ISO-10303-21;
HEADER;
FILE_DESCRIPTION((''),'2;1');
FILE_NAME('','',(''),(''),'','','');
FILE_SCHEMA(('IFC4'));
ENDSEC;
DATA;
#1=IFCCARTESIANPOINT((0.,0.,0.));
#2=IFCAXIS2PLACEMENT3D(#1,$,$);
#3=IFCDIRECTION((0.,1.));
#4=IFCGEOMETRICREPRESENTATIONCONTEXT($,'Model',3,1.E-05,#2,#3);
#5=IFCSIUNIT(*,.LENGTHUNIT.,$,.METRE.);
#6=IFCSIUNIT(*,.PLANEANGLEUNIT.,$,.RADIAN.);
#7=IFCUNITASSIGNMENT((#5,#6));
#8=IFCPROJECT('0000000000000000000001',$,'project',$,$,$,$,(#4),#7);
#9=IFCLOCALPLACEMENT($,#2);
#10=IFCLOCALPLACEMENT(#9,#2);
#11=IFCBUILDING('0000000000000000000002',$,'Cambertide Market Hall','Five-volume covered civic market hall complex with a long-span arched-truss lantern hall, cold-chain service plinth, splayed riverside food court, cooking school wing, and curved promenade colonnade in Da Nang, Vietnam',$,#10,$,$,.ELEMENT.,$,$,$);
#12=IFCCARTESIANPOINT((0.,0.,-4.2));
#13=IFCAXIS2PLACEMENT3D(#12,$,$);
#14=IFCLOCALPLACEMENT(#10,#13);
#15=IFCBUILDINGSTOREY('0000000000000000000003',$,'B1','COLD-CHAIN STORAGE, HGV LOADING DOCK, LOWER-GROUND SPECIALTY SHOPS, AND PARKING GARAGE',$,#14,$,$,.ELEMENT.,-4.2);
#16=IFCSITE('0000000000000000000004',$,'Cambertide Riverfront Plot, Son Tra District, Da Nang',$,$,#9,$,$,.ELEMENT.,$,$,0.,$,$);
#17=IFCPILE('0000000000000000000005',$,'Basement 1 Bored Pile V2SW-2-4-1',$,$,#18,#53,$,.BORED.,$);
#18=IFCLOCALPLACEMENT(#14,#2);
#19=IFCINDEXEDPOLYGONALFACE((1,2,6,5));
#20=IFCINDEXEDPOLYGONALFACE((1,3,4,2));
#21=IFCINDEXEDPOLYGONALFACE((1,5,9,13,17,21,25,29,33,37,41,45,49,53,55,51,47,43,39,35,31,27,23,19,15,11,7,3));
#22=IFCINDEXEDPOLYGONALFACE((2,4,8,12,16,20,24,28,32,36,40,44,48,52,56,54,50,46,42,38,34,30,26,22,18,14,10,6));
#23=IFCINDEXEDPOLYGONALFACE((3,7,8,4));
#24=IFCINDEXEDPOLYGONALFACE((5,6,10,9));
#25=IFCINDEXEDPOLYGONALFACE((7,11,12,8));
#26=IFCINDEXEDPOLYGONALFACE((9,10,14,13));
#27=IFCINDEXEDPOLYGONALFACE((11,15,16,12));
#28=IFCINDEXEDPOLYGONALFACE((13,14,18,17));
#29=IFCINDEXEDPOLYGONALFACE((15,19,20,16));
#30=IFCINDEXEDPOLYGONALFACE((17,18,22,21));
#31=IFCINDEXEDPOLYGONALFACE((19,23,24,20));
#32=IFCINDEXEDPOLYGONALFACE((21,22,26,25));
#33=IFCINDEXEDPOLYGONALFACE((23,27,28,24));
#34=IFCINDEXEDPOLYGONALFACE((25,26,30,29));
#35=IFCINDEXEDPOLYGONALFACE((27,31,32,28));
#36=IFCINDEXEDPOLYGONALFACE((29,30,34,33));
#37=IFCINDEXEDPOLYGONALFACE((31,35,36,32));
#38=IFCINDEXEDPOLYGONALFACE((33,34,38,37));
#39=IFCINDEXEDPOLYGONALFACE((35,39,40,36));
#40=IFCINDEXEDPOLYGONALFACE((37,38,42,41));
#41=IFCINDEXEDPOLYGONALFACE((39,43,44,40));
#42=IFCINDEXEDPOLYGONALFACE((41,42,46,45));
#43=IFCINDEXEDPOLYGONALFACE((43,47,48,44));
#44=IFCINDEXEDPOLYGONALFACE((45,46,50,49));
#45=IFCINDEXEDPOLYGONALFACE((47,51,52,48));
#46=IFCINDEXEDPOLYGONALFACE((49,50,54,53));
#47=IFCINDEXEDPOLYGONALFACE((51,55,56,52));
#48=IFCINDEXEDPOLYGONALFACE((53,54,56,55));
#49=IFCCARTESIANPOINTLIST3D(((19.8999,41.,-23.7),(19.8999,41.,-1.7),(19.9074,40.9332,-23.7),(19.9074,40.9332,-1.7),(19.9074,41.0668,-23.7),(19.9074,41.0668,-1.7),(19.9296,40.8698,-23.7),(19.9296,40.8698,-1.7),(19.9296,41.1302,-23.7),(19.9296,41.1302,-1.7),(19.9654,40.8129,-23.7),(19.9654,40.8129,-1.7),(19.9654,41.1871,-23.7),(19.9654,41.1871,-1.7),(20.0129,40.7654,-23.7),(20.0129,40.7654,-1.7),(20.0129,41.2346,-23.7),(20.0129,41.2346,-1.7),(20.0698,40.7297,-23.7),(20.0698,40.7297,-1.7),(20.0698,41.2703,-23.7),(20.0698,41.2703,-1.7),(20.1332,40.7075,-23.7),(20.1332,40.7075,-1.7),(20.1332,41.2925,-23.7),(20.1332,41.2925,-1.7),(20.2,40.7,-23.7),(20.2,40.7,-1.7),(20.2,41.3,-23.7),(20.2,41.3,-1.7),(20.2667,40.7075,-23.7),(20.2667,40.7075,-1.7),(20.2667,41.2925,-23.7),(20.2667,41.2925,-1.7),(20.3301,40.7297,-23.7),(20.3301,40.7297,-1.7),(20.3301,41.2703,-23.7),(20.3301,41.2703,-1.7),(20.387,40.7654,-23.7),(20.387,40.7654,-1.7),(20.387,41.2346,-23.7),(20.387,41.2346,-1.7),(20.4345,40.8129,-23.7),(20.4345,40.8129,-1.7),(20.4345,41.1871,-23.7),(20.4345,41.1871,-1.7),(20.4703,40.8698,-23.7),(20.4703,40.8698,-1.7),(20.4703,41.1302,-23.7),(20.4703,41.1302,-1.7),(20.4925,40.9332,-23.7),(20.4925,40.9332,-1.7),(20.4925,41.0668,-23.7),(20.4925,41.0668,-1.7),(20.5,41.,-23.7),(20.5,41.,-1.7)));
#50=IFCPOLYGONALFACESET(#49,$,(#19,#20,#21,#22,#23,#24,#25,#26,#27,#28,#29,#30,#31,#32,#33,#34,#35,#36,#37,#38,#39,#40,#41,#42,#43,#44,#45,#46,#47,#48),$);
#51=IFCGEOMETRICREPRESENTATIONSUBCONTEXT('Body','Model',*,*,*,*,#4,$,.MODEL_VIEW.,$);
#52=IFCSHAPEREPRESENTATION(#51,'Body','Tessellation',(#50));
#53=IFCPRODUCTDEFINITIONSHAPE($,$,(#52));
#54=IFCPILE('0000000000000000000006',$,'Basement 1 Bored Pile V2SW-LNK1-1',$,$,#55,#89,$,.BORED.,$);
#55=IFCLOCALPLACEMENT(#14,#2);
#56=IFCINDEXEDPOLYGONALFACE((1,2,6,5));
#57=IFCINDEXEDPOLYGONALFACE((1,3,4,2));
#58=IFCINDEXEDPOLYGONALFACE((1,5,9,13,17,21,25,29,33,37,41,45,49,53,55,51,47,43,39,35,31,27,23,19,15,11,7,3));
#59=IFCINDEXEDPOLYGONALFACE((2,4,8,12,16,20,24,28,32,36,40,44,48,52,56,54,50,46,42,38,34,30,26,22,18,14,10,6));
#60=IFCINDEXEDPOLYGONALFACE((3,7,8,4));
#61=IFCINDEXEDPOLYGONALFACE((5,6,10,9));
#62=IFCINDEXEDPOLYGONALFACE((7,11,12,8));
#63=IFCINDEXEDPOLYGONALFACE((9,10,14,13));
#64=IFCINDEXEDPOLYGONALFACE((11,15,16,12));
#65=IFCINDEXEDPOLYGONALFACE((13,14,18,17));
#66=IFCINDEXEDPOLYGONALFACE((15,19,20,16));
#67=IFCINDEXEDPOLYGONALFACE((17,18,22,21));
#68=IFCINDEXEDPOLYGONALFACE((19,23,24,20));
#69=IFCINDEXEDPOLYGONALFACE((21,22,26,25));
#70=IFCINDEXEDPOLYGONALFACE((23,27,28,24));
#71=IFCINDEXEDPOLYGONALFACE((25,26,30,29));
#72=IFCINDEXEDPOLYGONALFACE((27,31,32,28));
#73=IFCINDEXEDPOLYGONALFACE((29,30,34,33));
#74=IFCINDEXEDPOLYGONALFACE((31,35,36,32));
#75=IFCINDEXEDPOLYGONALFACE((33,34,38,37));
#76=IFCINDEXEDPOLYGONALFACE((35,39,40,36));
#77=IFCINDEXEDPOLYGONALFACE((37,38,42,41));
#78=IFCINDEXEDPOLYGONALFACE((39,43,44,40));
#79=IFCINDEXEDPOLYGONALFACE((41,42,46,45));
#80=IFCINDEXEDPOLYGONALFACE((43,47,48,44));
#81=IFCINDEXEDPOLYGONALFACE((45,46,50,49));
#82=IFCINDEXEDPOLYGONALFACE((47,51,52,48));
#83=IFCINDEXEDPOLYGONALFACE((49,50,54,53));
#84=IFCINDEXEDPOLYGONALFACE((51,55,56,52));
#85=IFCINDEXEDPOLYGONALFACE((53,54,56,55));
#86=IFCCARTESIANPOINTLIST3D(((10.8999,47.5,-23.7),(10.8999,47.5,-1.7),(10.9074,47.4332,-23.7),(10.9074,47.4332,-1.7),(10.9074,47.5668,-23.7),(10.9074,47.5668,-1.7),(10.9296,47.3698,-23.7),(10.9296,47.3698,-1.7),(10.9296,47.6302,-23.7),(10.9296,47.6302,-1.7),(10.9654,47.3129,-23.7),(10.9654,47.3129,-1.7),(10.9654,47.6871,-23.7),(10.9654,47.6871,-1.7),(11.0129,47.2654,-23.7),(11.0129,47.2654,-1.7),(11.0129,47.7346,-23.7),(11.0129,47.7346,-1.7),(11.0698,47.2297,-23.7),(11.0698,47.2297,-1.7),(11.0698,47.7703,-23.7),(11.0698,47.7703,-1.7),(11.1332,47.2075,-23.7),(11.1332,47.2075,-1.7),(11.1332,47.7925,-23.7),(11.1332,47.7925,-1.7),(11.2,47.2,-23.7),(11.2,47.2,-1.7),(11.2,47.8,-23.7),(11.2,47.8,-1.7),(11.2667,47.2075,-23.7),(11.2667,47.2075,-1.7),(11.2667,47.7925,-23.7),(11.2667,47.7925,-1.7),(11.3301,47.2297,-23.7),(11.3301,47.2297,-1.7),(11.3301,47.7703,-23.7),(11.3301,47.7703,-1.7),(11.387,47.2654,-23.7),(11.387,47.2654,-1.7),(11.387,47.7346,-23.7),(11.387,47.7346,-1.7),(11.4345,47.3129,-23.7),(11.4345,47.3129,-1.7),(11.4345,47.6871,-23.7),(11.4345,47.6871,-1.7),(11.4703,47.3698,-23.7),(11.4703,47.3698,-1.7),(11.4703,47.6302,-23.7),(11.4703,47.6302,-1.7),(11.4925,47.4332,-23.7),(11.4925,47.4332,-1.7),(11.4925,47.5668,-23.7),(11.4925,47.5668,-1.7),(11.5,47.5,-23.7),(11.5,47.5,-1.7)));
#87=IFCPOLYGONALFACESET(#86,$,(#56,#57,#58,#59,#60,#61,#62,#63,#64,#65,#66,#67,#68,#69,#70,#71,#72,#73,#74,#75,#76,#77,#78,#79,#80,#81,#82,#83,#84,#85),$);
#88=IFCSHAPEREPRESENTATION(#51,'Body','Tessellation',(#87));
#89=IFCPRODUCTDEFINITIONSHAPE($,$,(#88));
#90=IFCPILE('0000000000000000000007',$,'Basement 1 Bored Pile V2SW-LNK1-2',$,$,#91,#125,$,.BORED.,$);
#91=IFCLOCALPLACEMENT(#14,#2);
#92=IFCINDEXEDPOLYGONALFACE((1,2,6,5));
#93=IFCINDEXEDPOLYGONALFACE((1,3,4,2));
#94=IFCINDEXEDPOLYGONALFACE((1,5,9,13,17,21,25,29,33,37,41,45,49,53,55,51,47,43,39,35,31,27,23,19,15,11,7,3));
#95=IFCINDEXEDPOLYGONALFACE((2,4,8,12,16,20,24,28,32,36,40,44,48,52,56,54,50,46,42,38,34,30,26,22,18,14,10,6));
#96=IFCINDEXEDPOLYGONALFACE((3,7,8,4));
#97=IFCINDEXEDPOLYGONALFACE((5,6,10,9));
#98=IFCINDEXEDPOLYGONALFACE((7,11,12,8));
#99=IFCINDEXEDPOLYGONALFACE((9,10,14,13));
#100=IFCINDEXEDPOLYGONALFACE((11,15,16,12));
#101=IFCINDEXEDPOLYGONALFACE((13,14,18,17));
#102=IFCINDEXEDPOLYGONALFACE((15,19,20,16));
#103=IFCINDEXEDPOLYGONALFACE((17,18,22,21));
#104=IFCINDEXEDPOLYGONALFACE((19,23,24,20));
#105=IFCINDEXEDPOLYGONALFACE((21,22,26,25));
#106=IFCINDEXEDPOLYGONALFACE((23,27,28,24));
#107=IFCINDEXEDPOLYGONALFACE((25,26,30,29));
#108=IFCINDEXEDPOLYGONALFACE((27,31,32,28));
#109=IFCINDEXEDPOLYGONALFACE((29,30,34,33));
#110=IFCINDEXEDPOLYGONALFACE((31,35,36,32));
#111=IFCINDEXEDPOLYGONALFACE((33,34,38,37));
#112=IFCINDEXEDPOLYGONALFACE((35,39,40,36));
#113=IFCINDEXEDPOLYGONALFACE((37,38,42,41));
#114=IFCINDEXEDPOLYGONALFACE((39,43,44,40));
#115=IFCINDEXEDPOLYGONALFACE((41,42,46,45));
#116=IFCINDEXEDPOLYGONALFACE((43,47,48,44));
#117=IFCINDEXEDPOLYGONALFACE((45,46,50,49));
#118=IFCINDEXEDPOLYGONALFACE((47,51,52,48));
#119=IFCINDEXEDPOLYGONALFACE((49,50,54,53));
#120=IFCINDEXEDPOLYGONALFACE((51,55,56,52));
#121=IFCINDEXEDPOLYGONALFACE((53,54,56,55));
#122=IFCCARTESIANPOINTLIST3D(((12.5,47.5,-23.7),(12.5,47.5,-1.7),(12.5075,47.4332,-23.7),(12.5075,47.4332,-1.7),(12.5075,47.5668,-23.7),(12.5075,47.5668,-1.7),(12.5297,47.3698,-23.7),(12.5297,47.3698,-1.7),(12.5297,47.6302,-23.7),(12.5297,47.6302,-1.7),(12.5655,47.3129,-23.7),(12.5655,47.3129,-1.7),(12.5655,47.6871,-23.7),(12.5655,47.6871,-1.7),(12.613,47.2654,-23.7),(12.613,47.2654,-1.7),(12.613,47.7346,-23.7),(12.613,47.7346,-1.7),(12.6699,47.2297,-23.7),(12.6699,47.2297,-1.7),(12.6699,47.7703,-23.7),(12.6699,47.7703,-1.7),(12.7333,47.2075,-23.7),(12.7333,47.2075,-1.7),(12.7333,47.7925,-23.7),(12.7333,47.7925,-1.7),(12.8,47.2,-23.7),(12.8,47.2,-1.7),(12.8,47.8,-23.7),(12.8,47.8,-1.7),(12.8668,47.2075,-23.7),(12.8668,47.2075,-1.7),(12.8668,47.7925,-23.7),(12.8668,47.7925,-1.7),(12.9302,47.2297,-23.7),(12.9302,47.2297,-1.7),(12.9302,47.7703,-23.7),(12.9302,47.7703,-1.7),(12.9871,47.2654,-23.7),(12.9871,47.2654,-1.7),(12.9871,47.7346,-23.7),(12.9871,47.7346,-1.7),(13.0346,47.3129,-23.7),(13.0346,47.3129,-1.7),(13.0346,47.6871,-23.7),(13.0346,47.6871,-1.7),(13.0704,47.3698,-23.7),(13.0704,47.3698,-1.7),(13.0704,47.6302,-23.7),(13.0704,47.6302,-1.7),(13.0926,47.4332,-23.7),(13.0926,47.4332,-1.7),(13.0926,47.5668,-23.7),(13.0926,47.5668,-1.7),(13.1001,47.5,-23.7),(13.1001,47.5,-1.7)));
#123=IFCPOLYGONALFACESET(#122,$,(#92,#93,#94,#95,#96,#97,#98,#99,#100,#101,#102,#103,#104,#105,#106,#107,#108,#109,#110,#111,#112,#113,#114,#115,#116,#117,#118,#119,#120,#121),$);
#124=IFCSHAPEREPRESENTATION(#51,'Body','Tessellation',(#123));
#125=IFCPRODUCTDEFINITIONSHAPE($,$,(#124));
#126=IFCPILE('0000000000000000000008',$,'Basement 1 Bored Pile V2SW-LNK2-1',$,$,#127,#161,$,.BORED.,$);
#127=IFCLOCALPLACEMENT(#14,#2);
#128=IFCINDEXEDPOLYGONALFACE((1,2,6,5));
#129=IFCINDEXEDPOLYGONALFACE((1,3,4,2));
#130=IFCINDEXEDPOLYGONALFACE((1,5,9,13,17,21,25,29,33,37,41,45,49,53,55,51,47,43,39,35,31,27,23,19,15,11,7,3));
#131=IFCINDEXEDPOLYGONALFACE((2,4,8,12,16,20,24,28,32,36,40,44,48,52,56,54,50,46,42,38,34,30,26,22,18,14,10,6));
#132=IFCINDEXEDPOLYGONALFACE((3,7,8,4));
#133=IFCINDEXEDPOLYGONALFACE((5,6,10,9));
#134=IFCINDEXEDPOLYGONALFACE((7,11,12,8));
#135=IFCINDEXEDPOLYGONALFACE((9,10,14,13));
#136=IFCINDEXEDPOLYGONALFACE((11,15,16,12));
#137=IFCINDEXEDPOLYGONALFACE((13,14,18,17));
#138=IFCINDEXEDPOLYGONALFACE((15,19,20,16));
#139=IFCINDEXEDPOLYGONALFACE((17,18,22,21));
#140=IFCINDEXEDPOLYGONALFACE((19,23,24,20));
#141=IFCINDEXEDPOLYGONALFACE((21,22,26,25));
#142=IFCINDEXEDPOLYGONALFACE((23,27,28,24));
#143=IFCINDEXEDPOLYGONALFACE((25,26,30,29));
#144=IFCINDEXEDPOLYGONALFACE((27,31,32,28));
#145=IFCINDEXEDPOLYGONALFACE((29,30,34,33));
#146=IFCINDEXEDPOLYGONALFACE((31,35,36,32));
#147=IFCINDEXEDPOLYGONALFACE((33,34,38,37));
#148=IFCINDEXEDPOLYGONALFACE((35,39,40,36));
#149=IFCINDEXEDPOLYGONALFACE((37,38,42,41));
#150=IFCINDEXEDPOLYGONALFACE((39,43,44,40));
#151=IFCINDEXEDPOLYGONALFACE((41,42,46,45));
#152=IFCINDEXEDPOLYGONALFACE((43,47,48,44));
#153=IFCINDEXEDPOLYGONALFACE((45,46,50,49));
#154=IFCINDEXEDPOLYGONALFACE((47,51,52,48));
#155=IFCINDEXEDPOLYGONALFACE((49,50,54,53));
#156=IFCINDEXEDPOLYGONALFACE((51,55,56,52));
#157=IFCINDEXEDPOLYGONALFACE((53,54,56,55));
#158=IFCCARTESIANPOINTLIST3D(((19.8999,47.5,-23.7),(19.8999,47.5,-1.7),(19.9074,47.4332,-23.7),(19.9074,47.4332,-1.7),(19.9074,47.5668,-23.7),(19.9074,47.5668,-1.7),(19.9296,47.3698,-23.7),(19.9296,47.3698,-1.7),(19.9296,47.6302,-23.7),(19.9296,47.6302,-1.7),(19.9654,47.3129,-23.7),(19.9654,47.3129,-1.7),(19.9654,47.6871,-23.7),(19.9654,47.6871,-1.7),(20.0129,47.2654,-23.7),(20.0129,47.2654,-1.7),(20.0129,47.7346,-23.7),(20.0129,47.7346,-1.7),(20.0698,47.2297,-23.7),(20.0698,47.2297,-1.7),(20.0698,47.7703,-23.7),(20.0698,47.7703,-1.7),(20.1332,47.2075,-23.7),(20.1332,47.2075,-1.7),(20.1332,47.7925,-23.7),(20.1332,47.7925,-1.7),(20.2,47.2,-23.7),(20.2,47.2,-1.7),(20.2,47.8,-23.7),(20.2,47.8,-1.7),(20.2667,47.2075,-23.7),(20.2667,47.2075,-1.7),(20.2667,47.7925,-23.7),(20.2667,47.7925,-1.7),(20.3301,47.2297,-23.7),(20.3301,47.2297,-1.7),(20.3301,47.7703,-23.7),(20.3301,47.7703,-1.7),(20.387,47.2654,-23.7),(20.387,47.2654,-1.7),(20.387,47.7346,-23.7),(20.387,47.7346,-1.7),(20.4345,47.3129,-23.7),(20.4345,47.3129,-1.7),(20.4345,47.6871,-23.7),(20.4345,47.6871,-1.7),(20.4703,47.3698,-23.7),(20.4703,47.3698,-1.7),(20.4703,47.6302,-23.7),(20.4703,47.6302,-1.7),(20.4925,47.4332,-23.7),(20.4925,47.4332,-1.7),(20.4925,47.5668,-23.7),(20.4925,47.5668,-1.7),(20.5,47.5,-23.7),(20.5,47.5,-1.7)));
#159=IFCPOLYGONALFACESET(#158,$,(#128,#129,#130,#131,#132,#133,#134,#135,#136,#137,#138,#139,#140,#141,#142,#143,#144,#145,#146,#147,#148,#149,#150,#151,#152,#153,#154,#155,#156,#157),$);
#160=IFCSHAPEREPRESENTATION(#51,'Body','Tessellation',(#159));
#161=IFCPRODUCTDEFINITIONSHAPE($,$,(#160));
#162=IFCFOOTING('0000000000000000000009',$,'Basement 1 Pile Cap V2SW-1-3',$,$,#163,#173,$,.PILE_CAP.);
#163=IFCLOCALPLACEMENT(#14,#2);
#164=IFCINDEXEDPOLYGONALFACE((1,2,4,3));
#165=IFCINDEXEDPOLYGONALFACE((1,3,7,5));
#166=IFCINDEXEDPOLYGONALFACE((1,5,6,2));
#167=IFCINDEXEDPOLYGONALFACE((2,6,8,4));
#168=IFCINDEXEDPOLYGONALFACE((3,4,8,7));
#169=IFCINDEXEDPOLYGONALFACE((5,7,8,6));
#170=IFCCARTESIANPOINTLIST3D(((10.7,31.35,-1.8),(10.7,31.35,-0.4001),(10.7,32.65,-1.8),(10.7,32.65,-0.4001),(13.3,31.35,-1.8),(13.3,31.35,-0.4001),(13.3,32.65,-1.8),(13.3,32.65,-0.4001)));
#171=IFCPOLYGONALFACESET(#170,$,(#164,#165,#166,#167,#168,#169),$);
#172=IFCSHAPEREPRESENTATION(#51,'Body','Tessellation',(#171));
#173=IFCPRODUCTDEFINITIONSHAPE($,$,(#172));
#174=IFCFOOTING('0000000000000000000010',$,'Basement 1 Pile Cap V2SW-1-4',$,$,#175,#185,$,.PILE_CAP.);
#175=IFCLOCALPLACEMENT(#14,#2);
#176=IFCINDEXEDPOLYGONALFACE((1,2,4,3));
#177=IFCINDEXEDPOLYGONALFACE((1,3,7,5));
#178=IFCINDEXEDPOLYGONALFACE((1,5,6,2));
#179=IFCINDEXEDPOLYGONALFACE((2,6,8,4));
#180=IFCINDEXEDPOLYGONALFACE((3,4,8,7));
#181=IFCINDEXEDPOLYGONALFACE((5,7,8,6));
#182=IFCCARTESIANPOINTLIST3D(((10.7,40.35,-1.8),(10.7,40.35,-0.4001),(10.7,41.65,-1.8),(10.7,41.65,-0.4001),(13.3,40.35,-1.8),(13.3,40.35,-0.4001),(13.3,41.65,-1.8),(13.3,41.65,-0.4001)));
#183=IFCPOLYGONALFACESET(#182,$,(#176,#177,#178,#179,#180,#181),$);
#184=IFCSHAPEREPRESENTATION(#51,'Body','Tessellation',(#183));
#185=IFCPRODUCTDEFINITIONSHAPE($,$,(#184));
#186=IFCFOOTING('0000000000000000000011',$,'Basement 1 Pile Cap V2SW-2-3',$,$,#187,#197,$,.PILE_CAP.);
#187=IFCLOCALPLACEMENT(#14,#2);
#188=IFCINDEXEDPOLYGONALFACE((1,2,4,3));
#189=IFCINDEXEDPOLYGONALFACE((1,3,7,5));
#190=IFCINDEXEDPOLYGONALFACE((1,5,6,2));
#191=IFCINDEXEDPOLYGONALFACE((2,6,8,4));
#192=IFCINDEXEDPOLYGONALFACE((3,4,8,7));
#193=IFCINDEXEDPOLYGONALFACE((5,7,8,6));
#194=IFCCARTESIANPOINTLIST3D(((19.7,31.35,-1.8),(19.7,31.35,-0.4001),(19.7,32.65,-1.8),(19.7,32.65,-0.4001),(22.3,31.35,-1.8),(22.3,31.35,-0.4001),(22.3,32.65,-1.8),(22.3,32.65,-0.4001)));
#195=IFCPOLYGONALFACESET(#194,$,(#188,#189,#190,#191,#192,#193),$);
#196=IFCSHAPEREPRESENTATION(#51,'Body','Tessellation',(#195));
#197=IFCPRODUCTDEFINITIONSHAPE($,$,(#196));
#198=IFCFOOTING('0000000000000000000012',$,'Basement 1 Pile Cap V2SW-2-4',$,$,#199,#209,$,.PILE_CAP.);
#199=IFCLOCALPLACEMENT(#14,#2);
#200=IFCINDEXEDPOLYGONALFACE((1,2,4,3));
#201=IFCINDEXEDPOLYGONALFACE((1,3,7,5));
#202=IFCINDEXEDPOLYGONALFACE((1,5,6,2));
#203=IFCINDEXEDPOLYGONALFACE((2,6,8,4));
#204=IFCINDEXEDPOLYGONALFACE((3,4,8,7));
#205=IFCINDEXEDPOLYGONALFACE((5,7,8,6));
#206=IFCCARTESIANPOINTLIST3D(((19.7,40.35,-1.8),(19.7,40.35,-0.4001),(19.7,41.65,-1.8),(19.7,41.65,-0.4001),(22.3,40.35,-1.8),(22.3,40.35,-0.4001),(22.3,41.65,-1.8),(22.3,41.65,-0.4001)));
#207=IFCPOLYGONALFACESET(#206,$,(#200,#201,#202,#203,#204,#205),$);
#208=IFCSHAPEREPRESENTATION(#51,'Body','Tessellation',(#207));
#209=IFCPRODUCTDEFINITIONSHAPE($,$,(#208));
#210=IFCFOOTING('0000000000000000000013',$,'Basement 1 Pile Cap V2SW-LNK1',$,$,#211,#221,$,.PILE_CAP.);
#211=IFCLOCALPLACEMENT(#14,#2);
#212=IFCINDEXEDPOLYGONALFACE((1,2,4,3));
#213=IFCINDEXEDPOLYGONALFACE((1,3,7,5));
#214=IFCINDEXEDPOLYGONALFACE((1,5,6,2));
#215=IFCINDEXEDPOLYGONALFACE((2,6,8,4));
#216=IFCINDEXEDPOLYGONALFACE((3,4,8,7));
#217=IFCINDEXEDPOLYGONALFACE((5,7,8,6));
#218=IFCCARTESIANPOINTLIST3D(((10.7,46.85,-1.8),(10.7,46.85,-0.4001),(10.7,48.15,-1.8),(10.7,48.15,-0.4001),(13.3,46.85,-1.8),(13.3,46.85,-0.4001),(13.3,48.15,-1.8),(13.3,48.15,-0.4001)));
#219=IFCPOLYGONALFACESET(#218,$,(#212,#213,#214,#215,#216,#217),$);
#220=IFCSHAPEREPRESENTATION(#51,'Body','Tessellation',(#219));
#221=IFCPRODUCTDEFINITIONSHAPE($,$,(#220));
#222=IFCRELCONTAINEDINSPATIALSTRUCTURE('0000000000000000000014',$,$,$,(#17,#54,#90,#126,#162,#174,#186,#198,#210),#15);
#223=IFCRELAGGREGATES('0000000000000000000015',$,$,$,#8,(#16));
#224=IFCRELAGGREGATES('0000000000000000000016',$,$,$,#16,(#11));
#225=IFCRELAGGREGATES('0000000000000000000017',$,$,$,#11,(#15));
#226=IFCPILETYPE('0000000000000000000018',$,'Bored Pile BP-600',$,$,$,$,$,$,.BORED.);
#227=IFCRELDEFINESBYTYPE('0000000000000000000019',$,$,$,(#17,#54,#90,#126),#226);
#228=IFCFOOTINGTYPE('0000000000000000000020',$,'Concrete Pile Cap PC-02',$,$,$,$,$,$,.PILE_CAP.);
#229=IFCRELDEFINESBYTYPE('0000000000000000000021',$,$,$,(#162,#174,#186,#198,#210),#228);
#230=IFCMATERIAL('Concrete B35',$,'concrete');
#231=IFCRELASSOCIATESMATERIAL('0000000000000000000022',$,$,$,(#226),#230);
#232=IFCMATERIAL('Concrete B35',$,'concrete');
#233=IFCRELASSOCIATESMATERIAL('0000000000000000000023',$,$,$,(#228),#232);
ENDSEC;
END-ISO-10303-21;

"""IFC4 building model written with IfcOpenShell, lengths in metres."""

from ifc_helpers import new_model, si_unit, direction, frame, origin, origin_2d, place, context, subcontext, project, spatial, rectangle, circle, extrude, material, material_profile, profile_set, type_object, element, save


model = new_model("IFC4")

# Units and contexts
model_context = context("Model", 3, precision=1e-05, world=origin(), true_north=direction((0.0, 1.0)))
body_context = subcontext(model_context, "Body", "Model", "MODEL_VIEW")
ifc_project = project(units=[si_unit("LENGTHUNIT", "METRE"), si_unit("PLANEANGLEUNIT", "RADIAN")], contexts=[model_context])

# Site, building, storey
site_placement = place(None, origin())
site = spatial("IfcSite", under=ifc_project, at=site_placement, Name="Cambertide Riverfront Plot, Son Tra District, Da Nang", CompositionType="ELEMENT", RefElevation=0.0)
building_placement = place(site_placement, origin())
building = spatial("IfcBuilding", under=site, at=building_placement, Name="Cambertide Market Hall", Description="Five-volume covered civic market hall complex with a long-span arched-truss lantern hall, cold-chain service plinth, splayed riverside food court, cooking school wing, and curved promenade colonnade in Da Nang, Vietnam", CompositionType="ELEMENT")
storey_placement = place(building_placement, frame((0.0, 0.0, -4.2)))
storey = spatial("IfcBuildingStorey", under=building, at=storey_placement, Name="B1", Description="COLD-CHAIN STORAGE, HGV LOADING DOCK, LOWER-GROUND SPECIALTY SHOPS, AND PARKING GARAGE", CompositionType="ELEMENT", Elevation=-4.2)

# Piles
ifc_material_1 = material(Name="Concrete B35", Category="concrete")
ifc_material_profile_1 = material_profile(ifc_material_1, circle(Radius=0.3, at=origin_2d()), Name="BP D600")
ifc_profile_set_1 = profile_set([ifc_material_profile_1], Name="Concrete B35")
pile_type = type_object("IfcPileType", Name="Bored Pile BP-600", PredefinedType="BORED", material=ifc_profile_set_1)
for number, where, z_axis, x_axis, name in (
    (1, (20.2, 41.0, -1.7), (0.0, 0.0, -1.0), (1.0, 0.0, 0.0), "Basement 1 Bored Pile V2SW-2-4-1"),
    (2, (11.2, 47.5, -1.7), (0.0, 0.0, -1.0), (1.0, 0.0, 0.0), "Basement 1 Bored Pile V2SW-LNK1-1"),
    (3, (12.8, 47.5, -1.7), (0.0, 0.0, -1.0), (1.0, 0.0, 0.0), "Basement 1 Bored Pile V2SW-LNK1-2"),
    (4, (20.2, 47.5, -1.7), (0.0, 0.0, -1.0), (1.0, 0.0, 0.0), "Basement 1 Bored Pile V2SW-LNK2-1"),
):
    element("IfcPile", number, at=place(storey_placement, frame(where, z_axis=z_axis, x_axis=x_axis)), inside=storey, type_object=pile_type, Name=name, PredefinedType="BORED", context=body_context, shape_type="SweptSolid", body=[
        extrude(circle(Radius=0.3, at=origin_2d()), origin(), (0.0, 0.0, 1.0), 22.0),
    ])

# Footings
ifc_material_2 = material(Name="Concrete B35", Category="concrete")
footing_type = type_object("IfcFootingType", Name="Concrete Pile Cap PC-02", PredefinedType="PILE_CAP", material=ifc_material_2)
for number, where, z_axis, x_axis, name in (
    (5, (12.0, 32.0, -1.8), (0.0, 0.0, 1.0), (1.0, 0.0, 0.0), "Basement 1 Pile Cap V2SW-1-3"),
    (6, (12.0, 41.0, -1.8), (0.0, 0.0, 1.0), (1.0, 0.0, 0.0), "Basement 1 Pile Cap V2SW-1-4"),
    (7, (21.0, 32.0, -1.8), (0.0, 0.0, 1.0), (1.0, 0.0, 0.0), "Basement 1 Pile Cap V2SW-2-3"),
    (8, (21.0, 41.0, -1.8), (0.0, 0.0, 1.0), (1.0, 0.0, 0.0), "Basement 1 Pile Cap V2SW-2-4"),
    (9, (12.0, 47.5, -1.8), (0.0, 0.0, 1.0), (1.0, 0.0, 0.0), "Basement 1 Pile Cap V2SW-LNK1"),
):
    element("IfcFooting", number, at=place(storey_placement, frame(where, z_axis=z_axis, x_axis=x_axis)), inside=storey, type_object=footing_type, Name=name, PredefinedType="PILE_CAP", context=body_context, shape_type="SweptSolid", body=[
        extrude(rectangle(XDim=2.6001, YDim=1.3, at=origin_2d()), origin(), (0.0, 0.0, 1.0), 1.3999),
    ])

save(model, "model.ifc")
